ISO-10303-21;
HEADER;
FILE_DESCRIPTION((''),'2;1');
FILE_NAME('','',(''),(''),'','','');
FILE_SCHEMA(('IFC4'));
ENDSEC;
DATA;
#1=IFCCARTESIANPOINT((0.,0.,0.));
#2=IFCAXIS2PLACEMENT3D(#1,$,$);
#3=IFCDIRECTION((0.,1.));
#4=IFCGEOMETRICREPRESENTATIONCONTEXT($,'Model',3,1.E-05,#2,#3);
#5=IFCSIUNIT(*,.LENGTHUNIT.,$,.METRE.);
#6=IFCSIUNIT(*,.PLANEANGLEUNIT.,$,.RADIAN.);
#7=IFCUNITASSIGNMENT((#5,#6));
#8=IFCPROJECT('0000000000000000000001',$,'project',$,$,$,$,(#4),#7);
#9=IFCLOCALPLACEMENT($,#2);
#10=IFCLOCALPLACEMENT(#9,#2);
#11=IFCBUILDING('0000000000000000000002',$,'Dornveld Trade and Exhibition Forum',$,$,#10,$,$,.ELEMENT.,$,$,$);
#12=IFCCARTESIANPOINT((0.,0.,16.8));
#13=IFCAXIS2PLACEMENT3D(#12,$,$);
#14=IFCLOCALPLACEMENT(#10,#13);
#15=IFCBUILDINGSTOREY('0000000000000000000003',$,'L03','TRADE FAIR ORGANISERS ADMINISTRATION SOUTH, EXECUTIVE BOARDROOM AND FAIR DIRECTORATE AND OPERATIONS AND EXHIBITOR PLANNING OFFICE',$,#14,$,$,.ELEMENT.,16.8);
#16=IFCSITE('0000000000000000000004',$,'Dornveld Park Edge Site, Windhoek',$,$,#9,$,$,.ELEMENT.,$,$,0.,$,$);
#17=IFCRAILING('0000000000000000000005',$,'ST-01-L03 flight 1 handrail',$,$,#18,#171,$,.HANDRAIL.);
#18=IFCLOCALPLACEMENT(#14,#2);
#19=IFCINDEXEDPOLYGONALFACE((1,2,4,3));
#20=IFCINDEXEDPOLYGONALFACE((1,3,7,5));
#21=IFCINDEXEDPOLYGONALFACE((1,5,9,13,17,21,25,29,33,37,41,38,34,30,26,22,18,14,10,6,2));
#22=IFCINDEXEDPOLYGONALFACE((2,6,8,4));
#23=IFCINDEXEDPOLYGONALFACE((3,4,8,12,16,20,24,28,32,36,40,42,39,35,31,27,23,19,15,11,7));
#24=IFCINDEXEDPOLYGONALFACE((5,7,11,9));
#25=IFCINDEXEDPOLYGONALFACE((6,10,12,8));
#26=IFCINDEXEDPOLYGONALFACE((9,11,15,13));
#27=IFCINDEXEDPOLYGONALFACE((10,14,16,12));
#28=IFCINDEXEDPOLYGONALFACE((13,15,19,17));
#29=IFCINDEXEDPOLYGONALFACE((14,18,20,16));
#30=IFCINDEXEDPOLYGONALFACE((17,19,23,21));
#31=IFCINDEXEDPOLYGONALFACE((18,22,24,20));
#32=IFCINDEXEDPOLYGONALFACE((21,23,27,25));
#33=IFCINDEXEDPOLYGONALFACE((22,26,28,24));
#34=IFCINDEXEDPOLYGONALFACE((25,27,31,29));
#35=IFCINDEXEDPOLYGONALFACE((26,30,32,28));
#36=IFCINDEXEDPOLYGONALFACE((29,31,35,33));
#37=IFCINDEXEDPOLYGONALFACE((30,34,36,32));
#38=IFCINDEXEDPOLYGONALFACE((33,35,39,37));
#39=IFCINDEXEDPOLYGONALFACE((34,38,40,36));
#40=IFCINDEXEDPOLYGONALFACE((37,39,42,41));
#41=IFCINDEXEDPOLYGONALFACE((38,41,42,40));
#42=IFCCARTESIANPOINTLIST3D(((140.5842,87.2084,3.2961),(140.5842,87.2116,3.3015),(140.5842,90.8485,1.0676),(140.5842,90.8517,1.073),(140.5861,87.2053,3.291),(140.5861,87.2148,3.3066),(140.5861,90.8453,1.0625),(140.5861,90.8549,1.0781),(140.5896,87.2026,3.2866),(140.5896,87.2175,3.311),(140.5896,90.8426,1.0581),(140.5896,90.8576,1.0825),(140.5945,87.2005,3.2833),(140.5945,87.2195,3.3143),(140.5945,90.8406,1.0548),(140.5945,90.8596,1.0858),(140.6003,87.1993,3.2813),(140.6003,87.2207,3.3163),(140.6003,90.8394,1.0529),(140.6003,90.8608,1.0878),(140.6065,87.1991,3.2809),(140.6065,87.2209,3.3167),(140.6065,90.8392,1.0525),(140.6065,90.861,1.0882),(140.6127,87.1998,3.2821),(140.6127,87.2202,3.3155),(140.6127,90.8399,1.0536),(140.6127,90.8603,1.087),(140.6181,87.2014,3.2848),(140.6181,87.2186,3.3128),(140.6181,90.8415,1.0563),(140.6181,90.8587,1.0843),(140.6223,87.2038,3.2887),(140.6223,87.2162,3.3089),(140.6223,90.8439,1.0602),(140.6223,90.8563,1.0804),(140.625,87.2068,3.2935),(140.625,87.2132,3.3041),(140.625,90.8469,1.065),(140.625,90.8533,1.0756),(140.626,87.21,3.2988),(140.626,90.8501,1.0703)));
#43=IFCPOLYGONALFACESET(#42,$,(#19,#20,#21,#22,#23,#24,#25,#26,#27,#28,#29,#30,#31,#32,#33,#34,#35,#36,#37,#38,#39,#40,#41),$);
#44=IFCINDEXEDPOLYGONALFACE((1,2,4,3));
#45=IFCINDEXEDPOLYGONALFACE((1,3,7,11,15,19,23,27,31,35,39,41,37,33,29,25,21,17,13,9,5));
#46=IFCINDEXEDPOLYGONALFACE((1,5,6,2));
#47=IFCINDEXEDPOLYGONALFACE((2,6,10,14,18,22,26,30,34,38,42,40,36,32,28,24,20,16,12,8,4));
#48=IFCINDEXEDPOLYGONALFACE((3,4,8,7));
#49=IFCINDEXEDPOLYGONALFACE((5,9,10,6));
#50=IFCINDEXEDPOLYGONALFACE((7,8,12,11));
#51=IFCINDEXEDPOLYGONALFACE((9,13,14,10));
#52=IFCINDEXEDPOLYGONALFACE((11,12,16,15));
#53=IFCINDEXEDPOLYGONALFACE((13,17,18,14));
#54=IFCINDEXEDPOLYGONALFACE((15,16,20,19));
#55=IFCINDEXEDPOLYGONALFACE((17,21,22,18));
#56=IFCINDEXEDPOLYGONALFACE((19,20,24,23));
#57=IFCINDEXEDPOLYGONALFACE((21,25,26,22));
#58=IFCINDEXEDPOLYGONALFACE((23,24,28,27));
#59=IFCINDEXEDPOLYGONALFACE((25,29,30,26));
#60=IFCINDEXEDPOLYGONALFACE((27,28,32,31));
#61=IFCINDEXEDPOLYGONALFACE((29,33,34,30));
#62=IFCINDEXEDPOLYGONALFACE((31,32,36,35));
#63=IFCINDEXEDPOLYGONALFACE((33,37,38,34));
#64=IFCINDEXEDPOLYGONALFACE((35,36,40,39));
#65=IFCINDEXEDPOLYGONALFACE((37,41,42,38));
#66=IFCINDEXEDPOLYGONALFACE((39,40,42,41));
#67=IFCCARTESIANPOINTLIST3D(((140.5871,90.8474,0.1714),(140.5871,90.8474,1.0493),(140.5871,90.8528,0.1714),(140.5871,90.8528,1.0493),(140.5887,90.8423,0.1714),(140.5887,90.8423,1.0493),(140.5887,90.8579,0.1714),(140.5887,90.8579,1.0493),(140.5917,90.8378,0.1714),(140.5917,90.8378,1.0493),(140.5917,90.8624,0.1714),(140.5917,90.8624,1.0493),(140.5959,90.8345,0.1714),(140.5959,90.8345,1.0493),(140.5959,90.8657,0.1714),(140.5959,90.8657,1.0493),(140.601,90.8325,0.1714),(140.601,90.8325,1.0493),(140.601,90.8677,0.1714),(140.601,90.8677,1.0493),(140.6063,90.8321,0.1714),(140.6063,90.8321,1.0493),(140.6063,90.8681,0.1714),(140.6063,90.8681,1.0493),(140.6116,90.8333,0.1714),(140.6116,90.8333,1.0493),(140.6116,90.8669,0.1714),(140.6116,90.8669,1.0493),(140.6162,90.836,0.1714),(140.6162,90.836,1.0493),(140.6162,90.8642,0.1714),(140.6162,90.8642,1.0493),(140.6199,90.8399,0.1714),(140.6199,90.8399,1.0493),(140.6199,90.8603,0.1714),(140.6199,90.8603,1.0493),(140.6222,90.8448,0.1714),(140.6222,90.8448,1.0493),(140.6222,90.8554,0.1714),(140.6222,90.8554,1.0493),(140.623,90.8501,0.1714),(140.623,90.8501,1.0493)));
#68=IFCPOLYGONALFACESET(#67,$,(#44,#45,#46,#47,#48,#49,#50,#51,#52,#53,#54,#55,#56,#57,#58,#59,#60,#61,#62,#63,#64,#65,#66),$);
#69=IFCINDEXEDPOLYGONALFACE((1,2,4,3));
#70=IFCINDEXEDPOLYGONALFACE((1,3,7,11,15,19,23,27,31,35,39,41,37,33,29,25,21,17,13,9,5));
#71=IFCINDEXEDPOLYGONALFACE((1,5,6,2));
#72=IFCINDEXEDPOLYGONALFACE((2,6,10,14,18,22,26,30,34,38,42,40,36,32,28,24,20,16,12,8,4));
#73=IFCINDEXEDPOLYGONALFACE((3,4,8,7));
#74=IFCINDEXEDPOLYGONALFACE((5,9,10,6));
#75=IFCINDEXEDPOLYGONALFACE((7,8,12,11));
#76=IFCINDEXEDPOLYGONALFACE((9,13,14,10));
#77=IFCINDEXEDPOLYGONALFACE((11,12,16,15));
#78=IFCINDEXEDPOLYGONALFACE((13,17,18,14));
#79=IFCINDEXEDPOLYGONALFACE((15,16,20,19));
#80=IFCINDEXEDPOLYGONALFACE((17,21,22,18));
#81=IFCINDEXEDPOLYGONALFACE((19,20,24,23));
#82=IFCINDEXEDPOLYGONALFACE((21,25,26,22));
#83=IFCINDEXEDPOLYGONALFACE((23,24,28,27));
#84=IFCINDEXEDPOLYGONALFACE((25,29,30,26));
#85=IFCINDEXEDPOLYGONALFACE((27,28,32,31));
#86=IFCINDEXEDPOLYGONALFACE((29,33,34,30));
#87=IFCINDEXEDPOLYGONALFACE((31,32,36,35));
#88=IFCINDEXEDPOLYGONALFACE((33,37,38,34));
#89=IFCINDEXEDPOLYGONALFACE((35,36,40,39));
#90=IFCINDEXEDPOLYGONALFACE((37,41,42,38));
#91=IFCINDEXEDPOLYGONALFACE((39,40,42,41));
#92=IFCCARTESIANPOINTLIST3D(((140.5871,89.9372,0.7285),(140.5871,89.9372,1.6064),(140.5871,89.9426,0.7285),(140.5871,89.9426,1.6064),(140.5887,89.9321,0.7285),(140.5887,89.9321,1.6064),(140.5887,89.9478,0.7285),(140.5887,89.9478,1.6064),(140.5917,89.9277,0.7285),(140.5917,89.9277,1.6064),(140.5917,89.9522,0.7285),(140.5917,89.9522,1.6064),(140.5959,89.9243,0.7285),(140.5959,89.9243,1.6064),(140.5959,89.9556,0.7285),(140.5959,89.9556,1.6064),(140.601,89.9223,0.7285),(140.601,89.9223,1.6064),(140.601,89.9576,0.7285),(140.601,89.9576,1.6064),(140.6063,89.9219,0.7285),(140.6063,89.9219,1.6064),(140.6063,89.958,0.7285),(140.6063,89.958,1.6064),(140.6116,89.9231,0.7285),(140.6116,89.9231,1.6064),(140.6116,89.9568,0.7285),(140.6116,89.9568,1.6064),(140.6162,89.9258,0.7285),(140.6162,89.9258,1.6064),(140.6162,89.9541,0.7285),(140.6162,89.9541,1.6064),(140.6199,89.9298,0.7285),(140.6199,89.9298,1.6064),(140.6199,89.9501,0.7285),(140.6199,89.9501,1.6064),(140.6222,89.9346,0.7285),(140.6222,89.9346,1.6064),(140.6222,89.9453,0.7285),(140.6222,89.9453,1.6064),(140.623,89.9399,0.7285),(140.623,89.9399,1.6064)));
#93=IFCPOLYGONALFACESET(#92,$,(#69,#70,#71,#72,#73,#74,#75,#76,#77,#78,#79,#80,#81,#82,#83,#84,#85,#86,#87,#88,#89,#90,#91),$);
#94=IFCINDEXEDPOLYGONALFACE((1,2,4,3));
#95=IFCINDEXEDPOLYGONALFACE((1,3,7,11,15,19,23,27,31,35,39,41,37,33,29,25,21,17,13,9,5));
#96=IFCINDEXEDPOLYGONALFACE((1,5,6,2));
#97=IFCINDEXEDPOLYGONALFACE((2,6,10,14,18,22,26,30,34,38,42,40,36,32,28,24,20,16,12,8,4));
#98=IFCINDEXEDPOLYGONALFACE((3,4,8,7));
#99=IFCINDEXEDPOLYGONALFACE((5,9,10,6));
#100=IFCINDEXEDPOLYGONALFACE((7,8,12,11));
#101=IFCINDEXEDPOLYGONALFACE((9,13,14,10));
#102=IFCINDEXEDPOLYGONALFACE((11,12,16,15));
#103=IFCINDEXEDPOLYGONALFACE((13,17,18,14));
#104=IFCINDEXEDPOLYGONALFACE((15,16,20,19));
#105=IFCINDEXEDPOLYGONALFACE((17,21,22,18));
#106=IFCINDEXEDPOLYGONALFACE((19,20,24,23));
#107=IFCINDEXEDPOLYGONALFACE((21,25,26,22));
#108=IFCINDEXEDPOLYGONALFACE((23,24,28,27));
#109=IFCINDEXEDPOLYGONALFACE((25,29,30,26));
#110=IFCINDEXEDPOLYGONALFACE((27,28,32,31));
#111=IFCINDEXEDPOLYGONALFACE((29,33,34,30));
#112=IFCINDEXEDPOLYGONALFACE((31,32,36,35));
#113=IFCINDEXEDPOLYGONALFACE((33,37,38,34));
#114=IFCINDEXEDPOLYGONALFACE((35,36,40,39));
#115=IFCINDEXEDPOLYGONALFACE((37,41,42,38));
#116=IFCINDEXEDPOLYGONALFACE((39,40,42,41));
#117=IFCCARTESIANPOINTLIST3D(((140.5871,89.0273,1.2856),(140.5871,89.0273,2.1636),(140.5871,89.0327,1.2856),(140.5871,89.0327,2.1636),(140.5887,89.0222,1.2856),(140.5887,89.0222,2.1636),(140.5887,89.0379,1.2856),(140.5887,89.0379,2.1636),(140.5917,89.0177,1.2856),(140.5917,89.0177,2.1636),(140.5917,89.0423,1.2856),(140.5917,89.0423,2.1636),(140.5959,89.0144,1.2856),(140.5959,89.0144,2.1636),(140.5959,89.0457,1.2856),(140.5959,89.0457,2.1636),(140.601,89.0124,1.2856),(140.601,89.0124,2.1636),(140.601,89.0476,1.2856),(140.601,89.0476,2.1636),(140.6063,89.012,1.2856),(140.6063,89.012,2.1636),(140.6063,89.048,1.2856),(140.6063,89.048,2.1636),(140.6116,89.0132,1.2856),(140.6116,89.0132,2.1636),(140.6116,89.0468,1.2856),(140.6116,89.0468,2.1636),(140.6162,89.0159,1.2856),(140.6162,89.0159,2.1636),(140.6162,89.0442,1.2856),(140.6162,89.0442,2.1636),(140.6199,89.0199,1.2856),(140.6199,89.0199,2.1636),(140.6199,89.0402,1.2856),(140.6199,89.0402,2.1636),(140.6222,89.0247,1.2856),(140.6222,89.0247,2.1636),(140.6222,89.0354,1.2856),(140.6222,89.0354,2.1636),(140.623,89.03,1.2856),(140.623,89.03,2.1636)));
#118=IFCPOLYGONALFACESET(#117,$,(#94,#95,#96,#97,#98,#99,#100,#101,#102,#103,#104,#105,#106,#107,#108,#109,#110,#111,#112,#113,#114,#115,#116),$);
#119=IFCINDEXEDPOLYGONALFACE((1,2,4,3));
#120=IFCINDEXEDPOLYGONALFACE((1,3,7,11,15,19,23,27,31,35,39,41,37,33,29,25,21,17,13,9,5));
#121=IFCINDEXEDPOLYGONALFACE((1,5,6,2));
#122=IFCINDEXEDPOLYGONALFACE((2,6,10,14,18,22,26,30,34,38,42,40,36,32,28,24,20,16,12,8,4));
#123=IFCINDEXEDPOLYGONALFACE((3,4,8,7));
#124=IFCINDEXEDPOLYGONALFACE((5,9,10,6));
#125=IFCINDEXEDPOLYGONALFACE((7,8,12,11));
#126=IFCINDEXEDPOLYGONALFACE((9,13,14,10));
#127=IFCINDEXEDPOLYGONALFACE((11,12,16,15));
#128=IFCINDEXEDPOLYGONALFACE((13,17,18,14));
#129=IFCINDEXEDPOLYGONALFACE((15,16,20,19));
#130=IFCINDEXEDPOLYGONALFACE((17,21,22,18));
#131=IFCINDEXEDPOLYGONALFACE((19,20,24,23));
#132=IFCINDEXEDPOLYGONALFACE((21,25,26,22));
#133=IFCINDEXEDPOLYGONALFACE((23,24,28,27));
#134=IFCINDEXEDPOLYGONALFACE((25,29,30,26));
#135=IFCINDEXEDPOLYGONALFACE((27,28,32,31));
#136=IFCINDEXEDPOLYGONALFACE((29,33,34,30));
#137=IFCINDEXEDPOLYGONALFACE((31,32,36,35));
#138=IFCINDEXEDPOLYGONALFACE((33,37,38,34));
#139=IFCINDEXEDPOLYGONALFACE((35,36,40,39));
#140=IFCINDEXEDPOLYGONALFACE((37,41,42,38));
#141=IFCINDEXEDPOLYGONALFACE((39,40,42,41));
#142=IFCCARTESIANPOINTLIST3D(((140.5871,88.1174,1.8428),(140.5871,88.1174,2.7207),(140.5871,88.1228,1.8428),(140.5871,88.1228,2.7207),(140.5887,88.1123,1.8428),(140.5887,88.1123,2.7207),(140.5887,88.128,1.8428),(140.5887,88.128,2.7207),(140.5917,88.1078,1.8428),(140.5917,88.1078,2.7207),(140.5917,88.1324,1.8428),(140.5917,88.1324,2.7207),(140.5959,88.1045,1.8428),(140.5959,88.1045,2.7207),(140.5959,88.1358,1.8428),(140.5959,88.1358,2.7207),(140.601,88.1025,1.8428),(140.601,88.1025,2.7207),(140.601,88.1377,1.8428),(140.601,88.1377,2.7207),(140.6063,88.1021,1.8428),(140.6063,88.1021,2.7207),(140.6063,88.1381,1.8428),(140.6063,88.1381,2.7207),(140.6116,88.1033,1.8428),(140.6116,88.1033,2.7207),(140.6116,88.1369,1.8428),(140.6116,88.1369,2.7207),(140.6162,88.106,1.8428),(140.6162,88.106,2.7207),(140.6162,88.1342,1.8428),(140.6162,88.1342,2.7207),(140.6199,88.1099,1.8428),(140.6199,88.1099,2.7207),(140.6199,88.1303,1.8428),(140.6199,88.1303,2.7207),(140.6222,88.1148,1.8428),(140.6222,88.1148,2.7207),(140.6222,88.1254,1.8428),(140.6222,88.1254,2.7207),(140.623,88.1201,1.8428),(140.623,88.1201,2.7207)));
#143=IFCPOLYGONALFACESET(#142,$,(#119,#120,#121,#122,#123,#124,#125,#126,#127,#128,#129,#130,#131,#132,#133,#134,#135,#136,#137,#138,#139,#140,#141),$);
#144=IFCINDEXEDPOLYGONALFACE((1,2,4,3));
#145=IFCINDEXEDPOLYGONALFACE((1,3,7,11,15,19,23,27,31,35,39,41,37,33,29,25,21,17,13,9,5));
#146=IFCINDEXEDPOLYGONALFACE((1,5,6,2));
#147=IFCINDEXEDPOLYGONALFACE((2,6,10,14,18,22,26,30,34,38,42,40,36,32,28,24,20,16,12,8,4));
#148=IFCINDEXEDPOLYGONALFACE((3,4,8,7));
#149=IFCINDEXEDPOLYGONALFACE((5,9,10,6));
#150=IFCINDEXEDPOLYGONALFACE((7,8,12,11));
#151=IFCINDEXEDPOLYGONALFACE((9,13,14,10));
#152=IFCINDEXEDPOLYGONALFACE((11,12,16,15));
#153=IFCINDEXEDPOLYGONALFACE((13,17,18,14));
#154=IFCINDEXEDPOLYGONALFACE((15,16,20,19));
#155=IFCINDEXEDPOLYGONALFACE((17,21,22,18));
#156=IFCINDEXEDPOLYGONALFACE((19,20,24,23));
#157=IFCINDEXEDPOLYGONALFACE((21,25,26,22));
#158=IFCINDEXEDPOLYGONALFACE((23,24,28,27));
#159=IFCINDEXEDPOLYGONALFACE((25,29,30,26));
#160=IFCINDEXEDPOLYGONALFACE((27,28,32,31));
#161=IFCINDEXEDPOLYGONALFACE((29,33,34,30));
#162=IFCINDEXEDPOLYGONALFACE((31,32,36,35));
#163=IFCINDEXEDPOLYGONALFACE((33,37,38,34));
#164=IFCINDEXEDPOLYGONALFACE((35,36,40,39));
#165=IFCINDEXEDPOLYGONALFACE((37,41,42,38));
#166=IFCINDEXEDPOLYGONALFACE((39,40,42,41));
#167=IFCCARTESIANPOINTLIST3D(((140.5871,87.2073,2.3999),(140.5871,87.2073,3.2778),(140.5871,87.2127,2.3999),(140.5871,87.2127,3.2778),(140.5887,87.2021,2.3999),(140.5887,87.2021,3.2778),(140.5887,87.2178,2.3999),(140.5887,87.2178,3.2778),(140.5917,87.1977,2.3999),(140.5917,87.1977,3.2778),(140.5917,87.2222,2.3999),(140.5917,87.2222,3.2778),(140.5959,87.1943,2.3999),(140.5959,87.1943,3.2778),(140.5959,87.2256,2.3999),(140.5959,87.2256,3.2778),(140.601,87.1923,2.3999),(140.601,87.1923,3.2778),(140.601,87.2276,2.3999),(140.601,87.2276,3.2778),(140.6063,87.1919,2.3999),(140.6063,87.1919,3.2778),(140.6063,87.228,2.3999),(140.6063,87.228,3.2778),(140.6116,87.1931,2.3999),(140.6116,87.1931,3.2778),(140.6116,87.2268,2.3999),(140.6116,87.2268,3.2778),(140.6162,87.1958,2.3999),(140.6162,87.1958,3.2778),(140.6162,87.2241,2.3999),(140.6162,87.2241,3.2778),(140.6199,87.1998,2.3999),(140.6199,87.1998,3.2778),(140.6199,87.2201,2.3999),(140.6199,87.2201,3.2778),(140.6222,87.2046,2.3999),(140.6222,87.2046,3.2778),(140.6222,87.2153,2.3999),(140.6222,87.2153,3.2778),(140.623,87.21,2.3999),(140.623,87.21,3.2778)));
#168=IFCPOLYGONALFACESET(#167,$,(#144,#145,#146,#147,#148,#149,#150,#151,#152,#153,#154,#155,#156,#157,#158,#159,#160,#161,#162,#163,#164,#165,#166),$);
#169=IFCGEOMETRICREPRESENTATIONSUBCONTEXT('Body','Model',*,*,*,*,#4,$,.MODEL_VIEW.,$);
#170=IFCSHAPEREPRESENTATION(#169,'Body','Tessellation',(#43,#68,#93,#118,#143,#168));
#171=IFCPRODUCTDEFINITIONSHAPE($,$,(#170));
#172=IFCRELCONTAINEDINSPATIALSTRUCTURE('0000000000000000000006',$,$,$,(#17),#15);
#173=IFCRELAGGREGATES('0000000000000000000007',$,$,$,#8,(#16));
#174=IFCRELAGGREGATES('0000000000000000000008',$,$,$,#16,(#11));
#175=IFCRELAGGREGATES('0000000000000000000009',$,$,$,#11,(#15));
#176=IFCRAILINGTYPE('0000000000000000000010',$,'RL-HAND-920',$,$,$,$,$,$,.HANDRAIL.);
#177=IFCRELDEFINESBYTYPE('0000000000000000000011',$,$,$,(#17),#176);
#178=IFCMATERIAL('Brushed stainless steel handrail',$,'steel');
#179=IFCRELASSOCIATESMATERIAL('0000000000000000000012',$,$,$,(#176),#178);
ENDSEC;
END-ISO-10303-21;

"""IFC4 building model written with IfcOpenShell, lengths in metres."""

from ifc_helpers import new_model, si_unit, direction, frame, origin, origin_2d, place, context, subcontext, project, spatial, circle, extrude, material, type_object, element, save


model = new_model("IFC4")

# Units and contexts
model_context = context("Model", 3, precision=1e-05, world=origin(), true_north=direction((0.0, 1.0)))
body_context = subcontext(model_context, "Body", "Model", "MODEL_VIEW")
ifc_project = project(units=[si_unit("LENGTHUNIT", "METRE"), si_unit("PLANEANGLEUNIT", "RADIAN")], contexts=[model_context])

# Site, building, storey
site_placement = place(None, origin())
site = spatial("IfcSite", under=ifc_project, at=site_placement, Name="Dornveld Park Edge Site, Windhoek", CompositionType="ELEMENT", RefElevation=0.0)
building_placement = place(site_placement, origin())
building = spatial("IfcBuilding", under=site, at=building_placement, Name="Dornveld Trade and Exhibition Forum", CompositionType="ELEMENT")
storey_placement = place(building_placement, frame((0.0, 0.0, 16.8)))
storey = spatial("IfcBuildingStorey", under=building, at=storey_placement, Name="L03", Description="TRADE FAIR ORGANISERS ADMINISTRATION SOUTH, EXECUTIVE BOARDROOM AND FAIR DIRECTORATE AND OPERATIONS AND EXHIBITOR PLANNING OFFICE", CompositionType="ELEMENT", Elevation=16.8)

# Railing
ifc_material_1 = material(Name="Brushed stainless steel handrail", Category="steel")
railing_type_1 = type_object("IfcRailingType", Name="RL-HAND-920", PredefinedType="HANDRAIL", material=ifc_material_1)
railing_1_placement = place(storey_placement, frame((140.605, 90.8501, 0.1714)))
element("IfcRailing", 1, at=railing_1_placement, inside=storey, type_object=railing_type_1, Name="ST-01-L03 flight 1 handrail", PredefinedType="HANDRAIL", context=body_context, shape_type="SweptSolid", body=[
    extrude(circle(Radius=0.021, at=origin_2d()), frame((0.0, 0.0, 0.8989), z_axis=(0.0, -0.852866, 0.52213), x_axis=(1.0, 0.0, 0.0)), (0.0, 0.0, 1.0), 4.2681),
    extrude(circle(Radius=0.0181, at=origin_2d()), origin(), (0.0, 0.0, 1.0), 0.8779),
    extrude(circle(Radius=0.0181, at=origin_2d()), frame((0.0, -0.9102, 0.5571)), (0.0, 0.0, 1.0), 0.8779),
    extrude(circle(Radius=0.0181, at=origin_2d()), frame((0.0, -1.8201, 1.1143)), (0.0, 0.0, 1.0), 0.8779),
    extrude(circle(Radius=0.0181, at=origin_2d()), frame((0.0, -2.73, 1.6714)), (0.0, 0.0, 1.0), 0.8779),
    extrude(circle(Radius=0.0181, at=origin_2d()), frame((0.0, -3.6401, 2.2285)), (0.0, 0.0, 1.0), 0.8779),
])

save(model, "model.ifc")
